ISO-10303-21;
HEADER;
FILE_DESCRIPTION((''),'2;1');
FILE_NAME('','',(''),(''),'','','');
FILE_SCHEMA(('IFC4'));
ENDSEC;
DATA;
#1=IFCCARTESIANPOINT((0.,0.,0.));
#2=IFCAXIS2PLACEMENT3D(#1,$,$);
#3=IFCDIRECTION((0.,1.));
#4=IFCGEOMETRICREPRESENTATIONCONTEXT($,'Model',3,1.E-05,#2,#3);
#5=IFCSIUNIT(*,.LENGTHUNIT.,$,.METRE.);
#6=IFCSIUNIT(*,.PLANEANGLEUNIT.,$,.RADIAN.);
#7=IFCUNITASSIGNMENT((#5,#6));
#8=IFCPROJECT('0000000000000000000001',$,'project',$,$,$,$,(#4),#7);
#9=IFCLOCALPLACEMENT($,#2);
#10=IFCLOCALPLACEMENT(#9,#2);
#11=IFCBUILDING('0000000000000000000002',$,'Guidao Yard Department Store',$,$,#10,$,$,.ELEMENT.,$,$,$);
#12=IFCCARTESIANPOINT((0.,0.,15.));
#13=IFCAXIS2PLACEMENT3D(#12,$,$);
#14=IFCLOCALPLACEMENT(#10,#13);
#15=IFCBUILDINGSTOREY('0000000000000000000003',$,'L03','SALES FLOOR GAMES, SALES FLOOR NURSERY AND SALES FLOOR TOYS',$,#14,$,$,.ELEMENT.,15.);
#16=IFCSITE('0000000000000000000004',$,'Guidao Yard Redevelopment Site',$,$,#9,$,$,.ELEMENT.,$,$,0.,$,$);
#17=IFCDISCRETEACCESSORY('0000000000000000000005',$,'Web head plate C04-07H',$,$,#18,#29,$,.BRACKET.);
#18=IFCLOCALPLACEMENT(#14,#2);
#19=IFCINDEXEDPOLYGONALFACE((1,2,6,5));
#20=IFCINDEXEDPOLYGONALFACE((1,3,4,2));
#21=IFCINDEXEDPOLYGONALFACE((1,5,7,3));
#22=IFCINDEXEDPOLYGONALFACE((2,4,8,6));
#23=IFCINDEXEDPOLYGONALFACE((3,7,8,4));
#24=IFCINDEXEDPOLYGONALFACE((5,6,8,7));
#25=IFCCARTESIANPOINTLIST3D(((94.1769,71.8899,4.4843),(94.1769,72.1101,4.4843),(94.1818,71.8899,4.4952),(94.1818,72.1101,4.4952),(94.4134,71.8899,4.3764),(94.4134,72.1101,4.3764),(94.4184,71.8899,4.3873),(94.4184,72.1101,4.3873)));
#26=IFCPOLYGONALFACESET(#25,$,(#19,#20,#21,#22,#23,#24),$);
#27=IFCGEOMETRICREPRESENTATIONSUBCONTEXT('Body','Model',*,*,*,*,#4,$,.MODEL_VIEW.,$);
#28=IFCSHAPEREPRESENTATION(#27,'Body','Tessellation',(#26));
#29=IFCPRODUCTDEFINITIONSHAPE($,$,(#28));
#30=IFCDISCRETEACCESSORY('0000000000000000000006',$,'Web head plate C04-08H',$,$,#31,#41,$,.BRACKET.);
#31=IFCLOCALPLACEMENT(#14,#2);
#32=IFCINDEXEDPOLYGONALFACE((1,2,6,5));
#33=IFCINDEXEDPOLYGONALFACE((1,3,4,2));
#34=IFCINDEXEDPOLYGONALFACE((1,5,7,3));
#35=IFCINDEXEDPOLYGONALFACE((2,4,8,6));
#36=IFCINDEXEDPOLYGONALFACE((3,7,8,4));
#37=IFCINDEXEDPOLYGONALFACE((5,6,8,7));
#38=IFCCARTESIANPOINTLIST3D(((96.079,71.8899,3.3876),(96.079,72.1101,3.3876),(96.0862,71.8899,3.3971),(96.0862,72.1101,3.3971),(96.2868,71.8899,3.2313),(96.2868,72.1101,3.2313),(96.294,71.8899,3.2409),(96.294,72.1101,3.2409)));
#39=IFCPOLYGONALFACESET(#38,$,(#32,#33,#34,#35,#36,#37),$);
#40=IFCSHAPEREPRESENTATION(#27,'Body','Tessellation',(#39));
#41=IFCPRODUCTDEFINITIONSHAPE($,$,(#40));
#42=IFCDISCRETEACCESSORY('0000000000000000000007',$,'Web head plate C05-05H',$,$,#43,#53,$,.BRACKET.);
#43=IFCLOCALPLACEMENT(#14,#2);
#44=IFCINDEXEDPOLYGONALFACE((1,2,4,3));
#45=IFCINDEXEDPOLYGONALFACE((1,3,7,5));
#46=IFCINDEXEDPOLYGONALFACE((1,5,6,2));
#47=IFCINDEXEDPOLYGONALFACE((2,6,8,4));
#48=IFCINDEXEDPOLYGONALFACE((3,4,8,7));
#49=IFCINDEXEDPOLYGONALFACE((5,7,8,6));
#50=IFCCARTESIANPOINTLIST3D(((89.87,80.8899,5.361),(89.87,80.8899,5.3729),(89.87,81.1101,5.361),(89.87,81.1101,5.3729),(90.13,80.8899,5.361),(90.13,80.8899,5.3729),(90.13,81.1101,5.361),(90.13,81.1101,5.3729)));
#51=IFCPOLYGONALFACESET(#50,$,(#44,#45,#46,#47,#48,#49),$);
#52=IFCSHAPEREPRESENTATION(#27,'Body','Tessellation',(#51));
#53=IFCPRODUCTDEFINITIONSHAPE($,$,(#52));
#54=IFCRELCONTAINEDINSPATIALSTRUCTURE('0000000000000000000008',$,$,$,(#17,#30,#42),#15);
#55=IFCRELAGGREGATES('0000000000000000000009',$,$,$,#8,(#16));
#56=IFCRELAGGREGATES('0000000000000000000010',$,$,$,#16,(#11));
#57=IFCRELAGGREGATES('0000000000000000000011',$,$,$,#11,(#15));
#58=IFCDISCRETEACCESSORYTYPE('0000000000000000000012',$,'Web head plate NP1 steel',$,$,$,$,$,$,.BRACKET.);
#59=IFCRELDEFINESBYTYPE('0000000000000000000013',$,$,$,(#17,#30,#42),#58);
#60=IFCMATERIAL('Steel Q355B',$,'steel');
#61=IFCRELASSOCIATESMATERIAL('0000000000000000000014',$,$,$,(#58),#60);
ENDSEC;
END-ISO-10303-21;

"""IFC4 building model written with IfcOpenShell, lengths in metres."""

from ifc_helpers import new_model, si_unit, direction, frame, origin, origin_2d, place, context, subcontext, project, spatial, rectangle, extrude, material, material_profile, profile_set, type_object, element, save


model = new_model("IFC4")

# Units and contexts
model_context = context("Model", 3, precision=1e-05, world=origin(), true_north=direction((0.0, 1.0)))
body_context = subcontext(model_context, "Body", "Model", "MODEL_VIEW")
ifc_project = project(units=[si_unit("LENGTHUNIT", "METRE"), si_unit("PLANEANGLEUNIT", "RADIAN")], contexts=[model_context])

# Site, building, storey
site_placement = place(None, origin())
site = spatial("IfcSite", under=ifc_project, at=site_placement, Name="Guidao Yard Redevelopment Site", CompositionType="ELEMENT", RefElevation=0.0)
building_placement = place(site_placement, origin())
building = spatial("IfcBuilding", under=site, at=building_placement, Name="Guidao Yard Department Store", CompositionType="ELEMENT")
storey_placement = place(building_placement, frame((0.0, 0.0, 15.0)))
storey = spatial("IfcBuildingStorey", under=building, at=storey_placement, Name="L03", Description="SALES FLOOR GAMES, SALES FLOOR NURSERY AND SALES FLOOR TOYS", CompositionType="ELEMENT", Elevation=15.0)

# Discrete accessories
ifc_material_1 = material(Name="Steel Q355B", Category="steel")
ifc_material_profile_1 = material_profile(ifc_material_1, rectangle(XDim=0.26, YDim=0.012, at=origin_2d()), Name="Node plate 260x12")
ifc_profile_set_1 = profile_set([ifc_material_profile_1], Name="Steel Q355B")
discrete_accessory_type_1 = type_object("IfcDiscreteAccessoryType", Name="Web head plate NP1 steel", PredefinedType="BRACKET", material=ifc_profile_set_1)
for number, where, z_axis, x_axis, name in (
    (1, (94.2976, 71.8899, 4.4358), (0.0, 1.0, 0.0), (-0.909751, 0.0, 0.415155), "Web head plate C04-07H"),
    (2, (96.1865, 71.8899, 3.3142), (0.0, 1.0, 0.0), (-0.799284, 0.0, 0.600954), "Web head plate C04-08H"),
    (3, (90.0, 80.8899, 5.3669), (0.0, 1.0, 0.0), (-1.0, 0.0, 0.0), "Web head plate C05-05H"),
):
    element("IfcDiscreteAccessory", number, at=place(storey_placement, frame(where, z_axis=z_axis, x_axis=x_axis)), inside=storey, type_object=discrete_accessory_type_1, Name=name, PredefinedType="BRACKET", context=body_context, shape_type="SweptSolid", body=[
        extrude(rectangle(XDim=0.26, YDim=0.012, at=origin_2d()), origin(), (0.0, 0.0, 1.0), 0.2202),
    ])

save(model, "model.ifc")
